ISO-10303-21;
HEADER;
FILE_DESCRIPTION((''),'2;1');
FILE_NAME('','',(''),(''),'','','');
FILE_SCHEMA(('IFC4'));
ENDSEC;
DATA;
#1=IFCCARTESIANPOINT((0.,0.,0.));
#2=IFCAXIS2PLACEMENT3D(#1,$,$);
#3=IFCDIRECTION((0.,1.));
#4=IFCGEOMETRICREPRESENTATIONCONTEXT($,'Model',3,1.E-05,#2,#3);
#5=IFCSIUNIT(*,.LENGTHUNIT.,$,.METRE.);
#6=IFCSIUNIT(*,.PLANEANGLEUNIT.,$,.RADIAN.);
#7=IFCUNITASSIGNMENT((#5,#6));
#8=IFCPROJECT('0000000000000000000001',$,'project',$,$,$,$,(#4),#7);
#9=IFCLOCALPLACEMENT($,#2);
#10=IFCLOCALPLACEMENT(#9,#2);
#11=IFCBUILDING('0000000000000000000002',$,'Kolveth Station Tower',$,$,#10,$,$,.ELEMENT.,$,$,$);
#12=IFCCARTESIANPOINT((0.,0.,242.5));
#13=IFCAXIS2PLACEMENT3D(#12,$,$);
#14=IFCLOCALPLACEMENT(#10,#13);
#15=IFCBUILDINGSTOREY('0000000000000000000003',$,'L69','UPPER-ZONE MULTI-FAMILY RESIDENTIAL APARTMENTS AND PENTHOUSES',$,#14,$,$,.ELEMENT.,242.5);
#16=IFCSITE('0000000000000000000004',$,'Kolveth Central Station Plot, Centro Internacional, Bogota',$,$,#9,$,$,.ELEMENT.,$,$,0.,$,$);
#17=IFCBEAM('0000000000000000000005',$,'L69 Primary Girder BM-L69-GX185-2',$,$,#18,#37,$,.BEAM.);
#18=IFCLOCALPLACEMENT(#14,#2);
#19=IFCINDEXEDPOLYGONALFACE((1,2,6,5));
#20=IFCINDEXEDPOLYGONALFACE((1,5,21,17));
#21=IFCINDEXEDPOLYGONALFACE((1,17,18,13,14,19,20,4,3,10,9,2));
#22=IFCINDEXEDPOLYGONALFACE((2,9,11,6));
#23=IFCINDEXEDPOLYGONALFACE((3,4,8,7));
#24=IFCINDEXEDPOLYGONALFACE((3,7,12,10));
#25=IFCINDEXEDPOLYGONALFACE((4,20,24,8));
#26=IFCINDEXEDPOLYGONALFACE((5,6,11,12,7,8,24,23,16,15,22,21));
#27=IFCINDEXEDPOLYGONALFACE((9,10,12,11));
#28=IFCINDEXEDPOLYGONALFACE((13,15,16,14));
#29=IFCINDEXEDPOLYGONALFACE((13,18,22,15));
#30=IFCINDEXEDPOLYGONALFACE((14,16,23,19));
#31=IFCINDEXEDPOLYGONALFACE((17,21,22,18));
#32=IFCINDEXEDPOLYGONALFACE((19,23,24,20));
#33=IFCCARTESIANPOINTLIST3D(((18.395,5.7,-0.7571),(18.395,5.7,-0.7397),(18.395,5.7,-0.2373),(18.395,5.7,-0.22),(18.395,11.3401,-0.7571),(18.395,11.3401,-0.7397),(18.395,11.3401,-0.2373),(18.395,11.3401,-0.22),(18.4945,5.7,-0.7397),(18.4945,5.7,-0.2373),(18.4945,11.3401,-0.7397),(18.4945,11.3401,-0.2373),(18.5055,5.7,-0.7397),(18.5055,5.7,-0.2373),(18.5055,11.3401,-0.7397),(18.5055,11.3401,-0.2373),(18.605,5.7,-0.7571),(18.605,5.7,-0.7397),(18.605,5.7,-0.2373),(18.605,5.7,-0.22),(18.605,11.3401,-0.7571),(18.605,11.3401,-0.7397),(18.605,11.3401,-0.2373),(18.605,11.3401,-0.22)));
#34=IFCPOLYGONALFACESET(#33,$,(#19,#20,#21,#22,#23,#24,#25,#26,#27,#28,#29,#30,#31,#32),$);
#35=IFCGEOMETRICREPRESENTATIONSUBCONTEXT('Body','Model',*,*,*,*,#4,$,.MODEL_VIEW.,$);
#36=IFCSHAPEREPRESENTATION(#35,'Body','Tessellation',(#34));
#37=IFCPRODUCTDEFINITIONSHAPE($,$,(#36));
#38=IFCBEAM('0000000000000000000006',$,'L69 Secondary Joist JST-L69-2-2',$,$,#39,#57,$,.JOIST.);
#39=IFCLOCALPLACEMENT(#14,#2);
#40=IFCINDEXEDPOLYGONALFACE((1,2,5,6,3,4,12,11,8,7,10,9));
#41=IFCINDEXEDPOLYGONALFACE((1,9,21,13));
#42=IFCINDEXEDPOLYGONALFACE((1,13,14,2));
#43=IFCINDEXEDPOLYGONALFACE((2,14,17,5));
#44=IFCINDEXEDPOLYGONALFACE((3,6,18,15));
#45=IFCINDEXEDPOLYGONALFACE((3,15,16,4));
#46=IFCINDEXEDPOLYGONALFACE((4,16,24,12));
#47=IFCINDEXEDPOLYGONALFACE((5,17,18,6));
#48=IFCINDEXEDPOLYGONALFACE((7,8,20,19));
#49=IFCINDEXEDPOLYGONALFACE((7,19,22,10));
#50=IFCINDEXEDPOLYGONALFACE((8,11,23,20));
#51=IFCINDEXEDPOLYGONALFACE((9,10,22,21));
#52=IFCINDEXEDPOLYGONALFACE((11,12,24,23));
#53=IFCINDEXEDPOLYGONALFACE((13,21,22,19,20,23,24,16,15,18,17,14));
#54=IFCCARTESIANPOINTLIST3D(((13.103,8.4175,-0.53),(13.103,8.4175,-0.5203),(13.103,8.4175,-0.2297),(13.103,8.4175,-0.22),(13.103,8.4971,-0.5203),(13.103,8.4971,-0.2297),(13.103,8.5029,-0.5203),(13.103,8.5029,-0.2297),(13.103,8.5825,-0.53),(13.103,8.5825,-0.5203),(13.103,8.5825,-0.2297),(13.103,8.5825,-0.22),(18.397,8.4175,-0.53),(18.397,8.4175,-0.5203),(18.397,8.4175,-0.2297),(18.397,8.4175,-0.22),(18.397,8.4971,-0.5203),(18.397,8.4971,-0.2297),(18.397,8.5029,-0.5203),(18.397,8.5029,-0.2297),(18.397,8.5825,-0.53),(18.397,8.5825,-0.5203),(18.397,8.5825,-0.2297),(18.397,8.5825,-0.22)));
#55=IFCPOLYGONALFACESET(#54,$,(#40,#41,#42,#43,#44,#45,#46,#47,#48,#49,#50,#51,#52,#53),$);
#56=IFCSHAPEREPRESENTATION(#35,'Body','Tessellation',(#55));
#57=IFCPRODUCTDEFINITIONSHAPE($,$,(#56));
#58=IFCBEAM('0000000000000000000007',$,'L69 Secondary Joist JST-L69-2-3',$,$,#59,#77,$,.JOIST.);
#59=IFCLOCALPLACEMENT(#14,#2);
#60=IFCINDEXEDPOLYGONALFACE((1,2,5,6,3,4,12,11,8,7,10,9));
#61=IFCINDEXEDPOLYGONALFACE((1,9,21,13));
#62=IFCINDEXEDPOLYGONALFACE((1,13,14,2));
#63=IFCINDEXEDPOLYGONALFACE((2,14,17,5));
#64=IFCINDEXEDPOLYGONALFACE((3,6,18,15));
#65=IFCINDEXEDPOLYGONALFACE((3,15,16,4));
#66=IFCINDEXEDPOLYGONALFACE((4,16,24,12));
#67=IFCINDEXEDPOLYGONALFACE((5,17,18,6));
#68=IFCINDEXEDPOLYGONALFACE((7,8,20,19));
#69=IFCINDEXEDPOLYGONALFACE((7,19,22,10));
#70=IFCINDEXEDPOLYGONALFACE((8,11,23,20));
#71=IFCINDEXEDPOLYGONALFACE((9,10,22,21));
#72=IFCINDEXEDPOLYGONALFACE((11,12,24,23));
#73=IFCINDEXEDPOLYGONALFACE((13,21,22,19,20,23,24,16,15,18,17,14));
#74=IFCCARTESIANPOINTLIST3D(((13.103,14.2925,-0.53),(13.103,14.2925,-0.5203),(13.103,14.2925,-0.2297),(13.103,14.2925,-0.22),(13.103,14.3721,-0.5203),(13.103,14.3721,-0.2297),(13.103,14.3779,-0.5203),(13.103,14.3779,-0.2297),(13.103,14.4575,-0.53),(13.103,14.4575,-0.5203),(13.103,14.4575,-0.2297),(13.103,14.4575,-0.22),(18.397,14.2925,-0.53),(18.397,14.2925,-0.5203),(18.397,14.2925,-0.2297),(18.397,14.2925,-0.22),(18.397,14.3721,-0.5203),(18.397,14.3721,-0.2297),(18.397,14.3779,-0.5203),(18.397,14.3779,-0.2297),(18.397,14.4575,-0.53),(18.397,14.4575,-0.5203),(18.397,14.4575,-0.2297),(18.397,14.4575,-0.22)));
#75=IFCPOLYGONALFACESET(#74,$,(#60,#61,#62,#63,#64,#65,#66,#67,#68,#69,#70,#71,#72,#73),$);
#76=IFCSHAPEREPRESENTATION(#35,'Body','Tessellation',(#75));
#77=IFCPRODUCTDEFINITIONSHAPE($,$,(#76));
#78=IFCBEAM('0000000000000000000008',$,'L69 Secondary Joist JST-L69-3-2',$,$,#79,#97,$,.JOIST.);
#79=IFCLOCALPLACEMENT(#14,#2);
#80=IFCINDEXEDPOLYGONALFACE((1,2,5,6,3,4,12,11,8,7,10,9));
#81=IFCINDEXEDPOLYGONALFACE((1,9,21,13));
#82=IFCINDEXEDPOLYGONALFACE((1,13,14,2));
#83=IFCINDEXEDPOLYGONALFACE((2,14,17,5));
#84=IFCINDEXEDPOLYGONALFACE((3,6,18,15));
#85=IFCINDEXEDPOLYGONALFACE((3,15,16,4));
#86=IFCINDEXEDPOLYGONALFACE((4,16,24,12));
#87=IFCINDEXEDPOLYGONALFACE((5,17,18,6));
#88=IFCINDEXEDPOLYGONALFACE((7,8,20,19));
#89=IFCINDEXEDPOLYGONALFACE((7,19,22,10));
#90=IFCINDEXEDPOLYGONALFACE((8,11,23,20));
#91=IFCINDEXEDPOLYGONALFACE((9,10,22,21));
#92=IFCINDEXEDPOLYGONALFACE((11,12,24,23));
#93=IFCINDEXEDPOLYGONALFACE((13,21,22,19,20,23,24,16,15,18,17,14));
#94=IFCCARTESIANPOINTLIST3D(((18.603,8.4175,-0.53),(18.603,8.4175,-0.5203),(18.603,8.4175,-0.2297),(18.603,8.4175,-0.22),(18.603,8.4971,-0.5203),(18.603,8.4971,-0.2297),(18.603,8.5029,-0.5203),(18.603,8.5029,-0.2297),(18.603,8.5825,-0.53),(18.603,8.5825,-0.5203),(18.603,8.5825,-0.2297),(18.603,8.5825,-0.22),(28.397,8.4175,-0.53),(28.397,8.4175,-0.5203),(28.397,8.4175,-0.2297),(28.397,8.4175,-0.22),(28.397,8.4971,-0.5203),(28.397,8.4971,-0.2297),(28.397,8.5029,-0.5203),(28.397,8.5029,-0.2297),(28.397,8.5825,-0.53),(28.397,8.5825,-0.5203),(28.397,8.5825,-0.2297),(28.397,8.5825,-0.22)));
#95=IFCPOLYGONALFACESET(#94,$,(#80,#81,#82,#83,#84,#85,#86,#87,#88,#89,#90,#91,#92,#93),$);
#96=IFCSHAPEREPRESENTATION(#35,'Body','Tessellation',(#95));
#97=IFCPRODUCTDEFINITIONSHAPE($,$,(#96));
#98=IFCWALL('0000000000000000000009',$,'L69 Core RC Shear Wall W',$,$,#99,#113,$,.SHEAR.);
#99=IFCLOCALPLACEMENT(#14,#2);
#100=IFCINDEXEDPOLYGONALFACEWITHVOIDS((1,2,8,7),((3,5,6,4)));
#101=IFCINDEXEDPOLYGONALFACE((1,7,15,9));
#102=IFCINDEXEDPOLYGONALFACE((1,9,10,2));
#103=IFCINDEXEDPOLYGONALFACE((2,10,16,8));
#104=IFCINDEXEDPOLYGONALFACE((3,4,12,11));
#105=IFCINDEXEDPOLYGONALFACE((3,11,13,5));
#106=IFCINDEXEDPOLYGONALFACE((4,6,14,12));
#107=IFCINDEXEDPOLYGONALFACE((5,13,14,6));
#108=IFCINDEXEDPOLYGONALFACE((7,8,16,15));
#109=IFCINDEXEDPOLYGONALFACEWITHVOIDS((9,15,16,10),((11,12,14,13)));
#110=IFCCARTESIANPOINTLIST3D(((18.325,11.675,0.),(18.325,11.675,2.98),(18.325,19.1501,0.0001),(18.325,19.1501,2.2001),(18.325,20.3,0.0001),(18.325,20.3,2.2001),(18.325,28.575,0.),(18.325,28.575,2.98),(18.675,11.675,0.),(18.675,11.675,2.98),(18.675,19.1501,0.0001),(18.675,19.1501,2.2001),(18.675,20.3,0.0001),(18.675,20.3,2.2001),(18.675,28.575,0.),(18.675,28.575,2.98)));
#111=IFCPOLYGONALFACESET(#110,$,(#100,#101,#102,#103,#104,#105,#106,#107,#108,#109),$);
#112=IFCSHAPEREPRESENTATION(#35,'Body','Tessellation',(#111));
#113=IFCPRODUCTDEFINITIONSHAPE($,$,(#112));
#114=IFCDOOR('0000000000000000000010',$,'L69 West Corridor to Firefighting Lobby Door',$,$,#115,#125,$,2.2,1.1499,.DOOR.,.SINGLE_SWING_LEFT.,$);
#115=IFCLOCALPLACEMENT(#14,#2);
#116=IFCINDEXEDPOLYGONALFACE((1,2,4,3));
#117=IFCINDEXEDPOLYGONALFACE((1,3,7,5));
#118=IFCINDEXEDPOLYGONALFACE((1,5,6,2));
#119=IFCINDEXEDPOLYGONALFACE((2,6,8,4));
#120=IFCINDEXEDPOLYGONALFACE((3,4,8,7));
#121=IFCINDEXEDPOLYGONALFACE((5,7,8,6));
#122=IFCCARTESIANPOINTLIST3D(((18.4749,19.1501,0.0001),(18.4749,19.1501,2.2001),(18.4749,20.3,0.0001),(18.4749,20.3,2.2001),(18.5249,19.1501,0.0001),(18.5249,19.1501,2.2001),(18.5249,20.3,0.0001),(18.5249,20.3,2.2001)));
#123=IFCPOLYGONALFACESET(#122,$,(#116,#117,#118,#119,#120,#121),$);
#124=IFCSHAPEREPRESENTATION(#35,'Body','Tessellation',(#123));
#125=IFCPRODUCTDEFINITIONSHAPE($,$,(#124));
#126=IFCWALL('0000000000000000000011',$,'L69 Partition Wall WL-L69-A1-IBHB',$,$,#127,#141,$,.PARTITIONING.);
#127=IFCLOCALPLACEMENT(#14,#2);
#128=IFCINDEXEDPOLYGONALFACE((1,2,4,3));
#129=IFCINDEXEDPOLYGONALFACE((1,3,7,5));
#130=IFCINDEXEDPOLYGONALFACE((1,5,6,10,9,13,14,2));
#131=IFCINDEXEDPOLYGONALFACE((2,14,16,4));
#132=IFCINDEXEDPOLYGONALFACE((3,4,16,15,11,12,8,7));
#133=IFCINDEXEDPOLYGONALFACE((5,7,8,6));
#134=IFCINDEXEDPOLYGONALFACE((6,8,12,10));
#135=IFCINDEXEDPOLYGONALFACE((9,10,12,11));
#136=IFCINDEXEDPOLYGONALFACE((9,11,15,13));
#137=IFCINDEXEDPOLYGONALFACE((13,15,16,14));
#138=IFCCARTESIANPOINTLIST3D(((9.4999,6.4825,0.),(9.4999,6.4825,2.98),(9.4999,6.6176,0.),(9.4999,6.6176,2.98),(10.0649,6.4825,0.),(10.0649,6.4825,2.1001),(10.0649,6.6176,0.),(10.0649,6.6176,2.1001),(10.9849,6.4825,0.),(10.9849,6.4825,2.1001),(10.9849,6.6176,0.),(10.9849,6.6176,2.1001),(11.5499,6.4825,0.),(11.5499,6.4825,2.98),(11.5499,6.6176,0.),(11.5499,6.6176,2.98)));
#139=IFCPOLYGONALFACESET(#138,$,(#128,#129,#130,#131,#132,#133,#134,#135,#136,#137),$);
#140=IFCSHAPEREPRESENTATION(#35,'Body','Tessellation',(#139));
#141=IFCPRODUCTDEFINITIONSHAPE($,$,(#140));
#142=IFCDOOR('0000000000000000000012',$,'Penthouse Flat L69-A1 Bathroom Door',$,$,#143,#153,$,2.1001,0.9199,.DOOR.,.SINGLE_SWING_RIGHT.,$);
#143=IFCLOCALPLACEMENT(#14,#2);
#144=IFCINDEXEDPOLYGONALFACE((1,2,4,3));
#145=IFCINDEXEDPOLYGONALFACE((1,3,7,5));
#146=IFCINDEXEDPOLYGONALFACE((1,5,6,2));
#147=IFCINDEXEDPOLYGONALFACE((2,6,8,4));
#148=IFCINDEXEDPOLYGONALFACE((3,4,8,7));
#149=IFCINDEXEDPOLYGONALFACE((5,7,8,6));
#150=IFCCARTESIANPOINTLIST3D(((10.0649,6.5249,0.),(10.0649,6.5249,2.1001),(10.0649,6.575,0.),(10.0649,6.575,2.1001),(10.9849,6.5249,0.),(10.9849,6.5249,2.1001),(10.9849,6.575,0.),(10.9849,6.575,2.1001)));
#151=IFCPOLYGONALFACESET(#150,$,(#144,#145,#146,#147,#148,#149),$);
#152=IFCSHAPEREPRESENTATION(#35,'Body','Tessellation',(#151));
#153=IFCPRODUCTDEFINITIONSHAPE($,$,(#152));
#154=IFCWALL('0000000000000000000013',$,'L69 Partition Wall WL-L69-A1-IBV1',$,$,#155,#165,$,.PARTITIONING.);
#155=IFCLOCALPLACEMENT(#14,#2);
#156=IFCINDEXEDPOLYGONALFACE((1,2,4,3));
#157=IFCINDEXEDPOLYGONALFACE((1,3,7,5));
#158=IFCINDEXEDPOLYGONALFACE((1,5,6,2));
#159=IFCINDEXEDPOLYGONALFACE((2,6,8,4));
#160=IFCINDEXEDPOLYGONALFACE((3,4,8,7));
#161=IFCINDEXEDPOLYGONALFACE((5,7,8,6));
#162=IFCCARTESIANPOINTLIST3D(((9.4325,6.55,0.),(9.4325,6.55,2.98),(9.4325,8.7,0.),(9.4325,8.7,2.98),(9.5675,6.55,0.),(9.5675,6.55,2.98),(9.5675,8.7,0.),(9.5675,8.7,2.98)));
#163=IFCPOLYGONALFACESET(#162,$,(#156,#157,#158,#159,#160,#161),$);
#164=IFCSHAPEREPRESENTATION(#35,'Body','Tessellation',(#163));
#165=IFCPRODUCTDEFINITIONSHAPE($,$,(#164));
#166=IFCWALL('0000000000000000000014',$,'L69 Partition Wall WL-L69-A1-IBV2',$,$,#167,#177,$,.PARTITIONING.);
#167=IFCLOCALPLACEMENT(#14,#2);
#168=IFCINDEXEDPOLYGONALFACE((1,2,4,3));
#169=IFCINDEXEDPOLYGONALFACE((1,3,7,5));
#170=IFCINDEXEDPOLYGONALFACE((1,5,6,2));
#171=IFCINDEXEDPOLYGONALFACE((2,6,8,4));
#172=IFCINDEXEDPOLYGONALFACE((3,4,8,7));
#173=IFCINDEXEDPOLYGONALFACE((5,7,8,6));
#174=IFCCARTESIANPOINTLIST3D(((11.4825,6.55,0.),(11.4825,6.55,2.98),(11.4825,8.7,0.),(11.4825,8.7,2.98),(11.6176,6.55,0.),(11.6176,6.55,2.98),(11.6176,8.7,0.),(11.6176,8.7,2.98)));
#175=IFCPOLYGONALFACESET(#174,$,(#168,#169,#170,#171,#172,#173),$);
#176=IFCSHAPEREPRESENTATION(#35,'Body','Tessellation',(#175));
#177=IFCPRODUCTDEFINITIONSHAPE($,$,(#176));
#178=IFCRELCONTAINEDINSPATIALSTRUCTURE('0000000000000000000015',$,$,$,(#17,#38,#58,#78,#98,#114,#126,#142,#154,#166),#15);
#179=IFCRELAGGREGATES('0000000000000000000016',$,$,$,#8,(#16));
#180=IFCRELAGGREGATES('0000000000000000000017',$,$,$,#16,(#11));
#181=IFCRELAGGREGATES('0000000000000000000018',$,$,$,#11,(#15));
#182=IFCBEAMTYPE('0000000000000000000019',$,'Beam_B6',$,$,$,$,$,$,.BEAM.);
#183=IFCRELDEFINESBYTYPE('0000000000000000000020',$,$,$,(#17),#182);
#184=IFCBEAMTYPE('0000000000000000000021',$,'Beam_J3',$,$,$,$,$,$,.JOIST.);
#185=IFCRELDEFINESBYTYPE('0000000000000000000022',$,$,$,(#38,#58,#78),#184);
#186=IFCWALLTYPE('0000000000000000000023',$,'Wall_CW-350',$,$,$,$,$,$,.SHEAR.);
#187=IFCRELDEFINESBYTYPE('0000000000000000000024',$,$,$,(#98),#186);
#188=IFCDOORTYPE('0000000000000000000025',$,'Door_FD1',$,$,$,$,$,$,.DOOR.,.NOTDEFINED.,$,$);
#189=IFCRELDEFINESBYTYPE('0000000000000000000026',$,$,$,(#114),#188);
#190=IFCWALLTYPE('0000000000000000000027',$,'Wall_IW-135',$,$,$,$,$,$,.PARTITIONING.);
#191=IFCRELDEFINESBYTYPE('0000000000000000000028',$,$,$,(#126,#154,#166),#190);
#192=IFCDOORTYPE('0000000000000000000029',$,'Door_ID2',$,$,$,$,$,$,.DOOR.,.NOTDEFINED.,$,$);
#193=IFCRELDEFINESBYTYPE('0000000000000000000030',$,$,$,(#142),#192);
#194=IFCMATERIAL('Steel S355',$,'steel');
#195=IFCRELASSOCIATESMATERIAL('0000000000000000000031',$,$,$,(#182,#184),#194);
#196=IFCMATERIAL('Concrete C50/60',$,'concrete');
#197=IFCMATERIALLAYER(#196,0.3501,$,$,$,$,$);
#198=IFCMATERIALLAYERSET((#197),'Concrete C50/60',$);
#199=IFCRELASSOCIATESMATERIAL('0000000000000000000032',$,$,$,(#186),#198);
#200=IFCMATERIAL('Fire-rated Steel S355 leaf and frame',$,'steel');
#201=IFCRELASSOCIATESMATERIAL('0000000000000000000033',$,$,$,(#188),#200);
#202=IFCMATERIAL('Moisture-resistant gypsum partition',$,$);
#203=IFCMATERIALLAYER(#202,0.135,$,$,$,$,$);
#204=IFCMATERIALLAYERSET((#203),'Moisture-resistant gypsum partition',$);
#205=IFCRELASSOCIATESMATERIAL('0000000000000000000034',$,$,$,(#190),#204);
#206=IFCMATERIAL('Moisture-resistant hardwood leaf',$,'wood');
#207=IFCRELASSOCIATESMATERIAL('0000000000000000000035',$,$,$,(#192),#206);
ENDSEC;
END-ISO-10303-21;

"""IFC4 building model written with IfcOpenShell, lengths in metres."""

from ifc_helpers import new_model, si_unit, direction, frame, frame_2d, origin, origin_2d, place, context, subcontext, project, spatial, rectangle, i_section, extrude, source, transform, mapped, material, layer, layer_set, material_profile, profile_set, type_object, element, fill, save


model = new_model("IFC4")

# Units and contexts
model_context = context("Model", 3, precision=1e-05, world=origin(), true_north=direction((0.0, 1.0)))
body_context = subcontext(model_context, "Body", "Model", "MODEL_VIEW")
ifc_project = project(units=[si_unit("LENGTHUNIT", "METRE"), si_unit("PLANEANGLEUNIT", "RADIAN")], contexts=[model_context])

# Site, building, storey
site_placement = place(None, origin())
site = spatial("IfcSite", under=ifc_project, at=site_placement, Name="Kolveth Central Station Plot, Centro Internacional, Bogota", CompositionType="ELEMENT", RefElevation=0.0)
building_placement = place(site_placement, origin())
building = spatial("IfcBuilding", under=site, at=building_placement, Name="Kolveth Station Tower", CompositionType="ELEMENT")
storey_placement = place(building_placement, frame((0.0, 0.0, 242.5)))
storey = spatial("IfcBuildingStorey", under=building, at=storey_placement, Name="L69", Description="UPPER-ZONE MULTI-FAMILY RESIDENTIAL APARTMENTS AND PENTHOUSES", CompositionType="ELEMENT", Elevation=242.5)

# Shared definitions
ifc_material_1 = material(Name="Steel S355", Category="steel")

# Beams
ifc_material_profile_1 = material_profile(ifc_material_1, i_section(OverallWidth=0.21, OverallDepth=0.5371, WebThickness=0.011, FlangeThickness=0.0173, at=origin_2d()), Name="W530x101")
ifc_profile_set_1 = profile_set([ifc_material_profile_1], Name="Steel S355")
beam_type_1 = type_object("IfcBeamType", Name="Beam_B6", PredefinedType="BEAM", material=ifc_profile_set_1)
shared_shape_1 = source(origin(), body_context, "Body", "SweptSolid", [
    extrude(i_section(OverallWidth=0.21, OverallDepth=0.5371, WebThickness=0.011, FlangeThickness=0.0173, at=origin_2d()), origin(), (0.0, 0.0, 1.0), 5.6401),
])
beam_1_placement = place(storey_placement, frame((18.5, 5.7, -0.4885), z_axis=(0.0, 1.0, 0.0), x_axis=(-1.0, 0.0, 0.0)))
element("IfcBeam", 1, at=beam_1_placement, inside=storey, type_object=beam_type_1, Name="L69 Primary Girder BM-L69-GX185-2", PredefinedType="BEAM", context=body_context, shape_type="MappedRepresentation", body=[
    mapped(shared_shape_1, transform((0.0, 0.0, 0.0), x_axis=(1.0, 0.0, 0.0), y_axis=(0.0, 1.0, 0.0), z_axis=(0.0, 0.0, 1.0), scale=1.0)),
])
ifc_material_profile_2 = material_profile(ifc_material_1, i_section(OverallWidth=0.165, OverallDepth=0.3101, WebThickness=0.0059, FlangeThickness=0.0098, at=origin_2d()), Name="W310x39")
ifc_profile_set_2 = profile_set([ifc_material_profile_2], Name="Steel S355")
beam_type_2 = type_object("IfcBeamType", Name="Beam_J3", PredefinedType="JOIST", material=ifc_profile_set_2)
shared_shape_2 = source(origin(), body_context, "Body", "SweptSolid", [
    extrude(i_section(OverallWidth=0.165, OverallDepth=0.3101, WebThickness=0.0059, FlangeThickness=0.0098, at=origin_2d()), origin(), (0.0, 0.0, 1.0), 5.2939),
])
for number, where, z_axis, x_axis, name in (
    (2, (13.103, 8.5, -0.375), (1.0, 0.0, 0.0), (0.0, 1.0, 0.0), "L69 Secondary Joist JST-L69-2-2"),
    (3, (13.103, 14.375, -0.375), (1.0, 0.0, 0.0), (0.0, 1.0, 0.0), "L69 Secondary Joist JST-L69-2-3"),
):
    element("IfcBeam", number, at=place(storey_placement, frame(where, z_axis=z_axis, x_axis=x_axis)), inside=storey, type_object=beam_type_2, Name=name, PredefinedType="JOIST", context=body_context, shape_type="MappedRepresentation", body=[
        mapped(shared_shape_2, transform((0.0, 0.0, 0.0), x_axis=(1.0, 0.0, 0.0), y_axis=(0.0, 1.0, 0.0), z_axis=(0.0, 0.0, 1.0), scale=1.0)),
    ])
shared_shape_3 = source(origin(), body_context, "Body", "SweptSolid", [
    extrude(i_section(OverallWidth=0.165, OverallDepth=0.3101, WebThickness=0.0059, FlangeThickness=0.0098, at=origin_2d()), origin(), (0.0, 0.0, 1.0), 9.7939),
])
beam_2_placement = place(storey_placement, frame((18.603, 8.5, -0.375), z_axis=(1.0, 0.0, 0.0), x_axis=(0.0, 1.0, 0.0)))
element("IfcBeam", 4, at=beam_2_placement, inside=storey, type_object=beam_type_2, Name="L69 Secondary Joist JST-L69-3-2", PredefinedType="JOIST", context=body_context, shape_type="MappedRepresentation", body=[
    mapped(shared_shape_3, transform((0.0, 0.0, 0.0), x_axis=(1.0, 0.0, 0.0), y_axis=(0.0, 1.0, 0.0), z_axis=(0.0, 0.0, 1.0), scale=1.0)),
])

# Shared definitions
ifc_material_2 = material(Name="Concrete C50/60", Category="concrete")
ifc_layer_1 = layer(ifc_material_2, 0.3501)
ifc_layer_set_1 = layer_set([ifc_layer_1], Name="Concrete C50/60")
wall_type_1 = type_object("IfcWallType", Name="Wall_CW-350", PredefinedType="SHEAR", material=ifc_layer_set_1)

# Walls, openings, doors
wall_1_placement = place(storey_placement, frame((18.5, 11.675, 0.0), z_axis=(0.0, 0.0, 1.0), x_axis=(0.0, 1.0, 0.0)))
wall_1 = element("IfcWall", 5, at=wall_1_placement, inside=storey, type_object=wall_type_1, Name="L69 Core RC Shear Wall W", PredefinedType="SHEAR", context=body_context, shape_type="SweptSolid", body=[
    extrude(rectangle(XDim=16.8999, YDim=0.3501, at=frame_2d((8.45, 0.0))), origin(), (0.0, 0.0, 1.0), 2.98),
])
opening_1_placement = place(wall_1_placement, frame((7.4751, 0.0, 0.0)))
opening_1 = element("IfcOpeningElement", 6, at=opening_1_placement, cuts=wall_1, PredefinedType="OPENING", context=body_context, shape_type="SweptSolid", body=[
    extrude(rectangle(XDim=1.1499, YDim=2.2, at=frame_2d((0.575, 1.1001))), frame((0.0, 0.1851, 0.0), z_axis=(0.0, -1.0, 0.0), x_axis=(1.0, 0.0, 0.0)), (0.0, 0.0, 1.0), 0.3701),
])
ifc_material_3 = material(Name="Fire-rated Steel S355 leaf and frame", Category="steel")
door_type_1 = type_object("IfcDoorType", Name="Door_FD1", OperationType="NOTDEFINED", PredefinedType="DOOR", material=ifc_material_3)
door_1_placement = place(opening_1_placement, frame((1.1499, 0.0, 0.0), z_axis=(0.0, 0.0, 1.0), x_axis=(-1.0, 0.0, 0.0)))
door_1 = element("IfcDoor", 7, at=door_1_placement, inside=storey, type_object=door_type_1, Name="L69 West Corridor to Firefighting Lobby Door", OperationType="SINGLE_SWING_LEFT", OverallHeight=2.2, OverallWidth=1.1499, PredefinedType="DOOR", context=body_context, shape_type="SweptSolid", body=[
    extrude(rectangle(XDim=1.1499, YDim=2.2, at=frame_2d((0.575, 1.1001))), frame((0.0, 0.0249, 0.0), z_axis=(0.0, -1.0, 0.0), x_axis=(1.0, 0.0, 0.0)), (0.0, 0.0, 1.0), 0.05),
])
fill(opening_1, door_1)
ifc_material_4 = material(Name="Moisture-resistant gypsum partition")
ifc_layer_2 = layer(ifc_material_4, 0.135)
ifc_layer_set_2 = layer_set([ifc_layer_2], Name="Moisture-resistant gypsum partition")
wall_type_2 = type_object("IfcWallType", Name="Wall_IW-135", PredefinedType="PARTITIONING", material=ifc_layer_set_2)
wall_2_placement = place(storey_placement, frame((9.5, 6.55, 0.0), z_axis=(0.0, 0.0, 1.0), x_axis=(1.0, 0.0, 0.0)))
wall_2 = element("IfcWall", 8, at=wall_2_placement, inside=storey, type_object=wall_type_2, Name="L69 Partition Wall WL-L69-A1-IBHB", PredefinedType="PARTITIONING", context=body_context, shape_type="SweptSolid", body=[
    extrude(rectangle(XDim=2.05, YDim=0.135, at=frame_2d((1.0249, 0.0))), origin(), (0.0, 0.0, 1.0), 2.98),
])
opening_2_placement = place(wall_2_placement, frame((0.5649, 0.0, 0.0)))
opening_2 = element("IfcOpeningElement", 9, at=opening_2_placement, cuts=wall_2, PredefinedType="OPENING", context=body_context, shape_type="SweptSolid", body=[
    extrude(rectangle(XDim=0.9199, YDim=2.1001, at=frame_2d((0.46, 1.05))), frame((0.0, 0.0774, 0.0), z_axis=(0.0, -1.0, 0.0), x_axis=(1.0, 0.0, 0.0)), (0.0, 0.0, 1.0), 0.155),
])
ifc_material_5 = material(Name="Moisture-resistant hardwood leaf", Category="wood")
door_type_2 = type_object("IfcDoorType", Name="Door_ID2", OperationType="NOTDEFINED", PredefinedType="DOOR", material=ifc_material_5)
door_2_placement = place(opening_2_placement, origin())
door_2 = element("IfcDoor", 10, at=door_2_placement, inside=storey, type_object=door_type_2, Name="Penthouse Flat L69-A1 Bathroom Door", OperationType="SINGLE_SWING_RIGHT", OverallHeight=2.1001, OverallWidth=0.9199, PredefinedType="DOOR", context=body_context, shape_type="SweptSolid", body=[
    extrude(rectangle(XDim=0.9199, YDim=2.1001, at=frame_2d((0.46, 1.05))), frame((0.0, 0.0249, 0.0), z_axis=(0.0, -1.0, 0.0), x_axis=(1.0, 0.0, 0.0)), (0.0, 0.0, 1.0), 0.05),
])
fill(opening_2, door_2)

# Walls
for number, where, z_axis, x_axis, name in (
    (11, (9.5, 6.55, 0.0), (0.0, 0.0, 1.0), (0.0, 1.0, 0.0), "L69 Partition Wall WL-L69-A1-IBV1"),
    (12, (11.55, 6.55, 0.0), (0.0, 0.0, 1.0), (0.0, 1.0, 0.0), "L69 Partition Wall WL-L69-A1-IBV2"),
):
    element("IfcWall", number, at=place(storey_placement, frame(where, z_axis=z_axis, x_axis=x_axis)), inside=storey, type_object=wall_type_2, Name=name, PredefinedType="PARTITIONING", context=body_context, shape_type="SweptSolid", body=[
        extrude(rectangle(XDim=2.1499, YDim=0.135, at=frame_2d((1.075, 0.0))), origin(), (0.0, 0.0, 1.0), 2.98),
    ])

save(model, "model.ifc")
